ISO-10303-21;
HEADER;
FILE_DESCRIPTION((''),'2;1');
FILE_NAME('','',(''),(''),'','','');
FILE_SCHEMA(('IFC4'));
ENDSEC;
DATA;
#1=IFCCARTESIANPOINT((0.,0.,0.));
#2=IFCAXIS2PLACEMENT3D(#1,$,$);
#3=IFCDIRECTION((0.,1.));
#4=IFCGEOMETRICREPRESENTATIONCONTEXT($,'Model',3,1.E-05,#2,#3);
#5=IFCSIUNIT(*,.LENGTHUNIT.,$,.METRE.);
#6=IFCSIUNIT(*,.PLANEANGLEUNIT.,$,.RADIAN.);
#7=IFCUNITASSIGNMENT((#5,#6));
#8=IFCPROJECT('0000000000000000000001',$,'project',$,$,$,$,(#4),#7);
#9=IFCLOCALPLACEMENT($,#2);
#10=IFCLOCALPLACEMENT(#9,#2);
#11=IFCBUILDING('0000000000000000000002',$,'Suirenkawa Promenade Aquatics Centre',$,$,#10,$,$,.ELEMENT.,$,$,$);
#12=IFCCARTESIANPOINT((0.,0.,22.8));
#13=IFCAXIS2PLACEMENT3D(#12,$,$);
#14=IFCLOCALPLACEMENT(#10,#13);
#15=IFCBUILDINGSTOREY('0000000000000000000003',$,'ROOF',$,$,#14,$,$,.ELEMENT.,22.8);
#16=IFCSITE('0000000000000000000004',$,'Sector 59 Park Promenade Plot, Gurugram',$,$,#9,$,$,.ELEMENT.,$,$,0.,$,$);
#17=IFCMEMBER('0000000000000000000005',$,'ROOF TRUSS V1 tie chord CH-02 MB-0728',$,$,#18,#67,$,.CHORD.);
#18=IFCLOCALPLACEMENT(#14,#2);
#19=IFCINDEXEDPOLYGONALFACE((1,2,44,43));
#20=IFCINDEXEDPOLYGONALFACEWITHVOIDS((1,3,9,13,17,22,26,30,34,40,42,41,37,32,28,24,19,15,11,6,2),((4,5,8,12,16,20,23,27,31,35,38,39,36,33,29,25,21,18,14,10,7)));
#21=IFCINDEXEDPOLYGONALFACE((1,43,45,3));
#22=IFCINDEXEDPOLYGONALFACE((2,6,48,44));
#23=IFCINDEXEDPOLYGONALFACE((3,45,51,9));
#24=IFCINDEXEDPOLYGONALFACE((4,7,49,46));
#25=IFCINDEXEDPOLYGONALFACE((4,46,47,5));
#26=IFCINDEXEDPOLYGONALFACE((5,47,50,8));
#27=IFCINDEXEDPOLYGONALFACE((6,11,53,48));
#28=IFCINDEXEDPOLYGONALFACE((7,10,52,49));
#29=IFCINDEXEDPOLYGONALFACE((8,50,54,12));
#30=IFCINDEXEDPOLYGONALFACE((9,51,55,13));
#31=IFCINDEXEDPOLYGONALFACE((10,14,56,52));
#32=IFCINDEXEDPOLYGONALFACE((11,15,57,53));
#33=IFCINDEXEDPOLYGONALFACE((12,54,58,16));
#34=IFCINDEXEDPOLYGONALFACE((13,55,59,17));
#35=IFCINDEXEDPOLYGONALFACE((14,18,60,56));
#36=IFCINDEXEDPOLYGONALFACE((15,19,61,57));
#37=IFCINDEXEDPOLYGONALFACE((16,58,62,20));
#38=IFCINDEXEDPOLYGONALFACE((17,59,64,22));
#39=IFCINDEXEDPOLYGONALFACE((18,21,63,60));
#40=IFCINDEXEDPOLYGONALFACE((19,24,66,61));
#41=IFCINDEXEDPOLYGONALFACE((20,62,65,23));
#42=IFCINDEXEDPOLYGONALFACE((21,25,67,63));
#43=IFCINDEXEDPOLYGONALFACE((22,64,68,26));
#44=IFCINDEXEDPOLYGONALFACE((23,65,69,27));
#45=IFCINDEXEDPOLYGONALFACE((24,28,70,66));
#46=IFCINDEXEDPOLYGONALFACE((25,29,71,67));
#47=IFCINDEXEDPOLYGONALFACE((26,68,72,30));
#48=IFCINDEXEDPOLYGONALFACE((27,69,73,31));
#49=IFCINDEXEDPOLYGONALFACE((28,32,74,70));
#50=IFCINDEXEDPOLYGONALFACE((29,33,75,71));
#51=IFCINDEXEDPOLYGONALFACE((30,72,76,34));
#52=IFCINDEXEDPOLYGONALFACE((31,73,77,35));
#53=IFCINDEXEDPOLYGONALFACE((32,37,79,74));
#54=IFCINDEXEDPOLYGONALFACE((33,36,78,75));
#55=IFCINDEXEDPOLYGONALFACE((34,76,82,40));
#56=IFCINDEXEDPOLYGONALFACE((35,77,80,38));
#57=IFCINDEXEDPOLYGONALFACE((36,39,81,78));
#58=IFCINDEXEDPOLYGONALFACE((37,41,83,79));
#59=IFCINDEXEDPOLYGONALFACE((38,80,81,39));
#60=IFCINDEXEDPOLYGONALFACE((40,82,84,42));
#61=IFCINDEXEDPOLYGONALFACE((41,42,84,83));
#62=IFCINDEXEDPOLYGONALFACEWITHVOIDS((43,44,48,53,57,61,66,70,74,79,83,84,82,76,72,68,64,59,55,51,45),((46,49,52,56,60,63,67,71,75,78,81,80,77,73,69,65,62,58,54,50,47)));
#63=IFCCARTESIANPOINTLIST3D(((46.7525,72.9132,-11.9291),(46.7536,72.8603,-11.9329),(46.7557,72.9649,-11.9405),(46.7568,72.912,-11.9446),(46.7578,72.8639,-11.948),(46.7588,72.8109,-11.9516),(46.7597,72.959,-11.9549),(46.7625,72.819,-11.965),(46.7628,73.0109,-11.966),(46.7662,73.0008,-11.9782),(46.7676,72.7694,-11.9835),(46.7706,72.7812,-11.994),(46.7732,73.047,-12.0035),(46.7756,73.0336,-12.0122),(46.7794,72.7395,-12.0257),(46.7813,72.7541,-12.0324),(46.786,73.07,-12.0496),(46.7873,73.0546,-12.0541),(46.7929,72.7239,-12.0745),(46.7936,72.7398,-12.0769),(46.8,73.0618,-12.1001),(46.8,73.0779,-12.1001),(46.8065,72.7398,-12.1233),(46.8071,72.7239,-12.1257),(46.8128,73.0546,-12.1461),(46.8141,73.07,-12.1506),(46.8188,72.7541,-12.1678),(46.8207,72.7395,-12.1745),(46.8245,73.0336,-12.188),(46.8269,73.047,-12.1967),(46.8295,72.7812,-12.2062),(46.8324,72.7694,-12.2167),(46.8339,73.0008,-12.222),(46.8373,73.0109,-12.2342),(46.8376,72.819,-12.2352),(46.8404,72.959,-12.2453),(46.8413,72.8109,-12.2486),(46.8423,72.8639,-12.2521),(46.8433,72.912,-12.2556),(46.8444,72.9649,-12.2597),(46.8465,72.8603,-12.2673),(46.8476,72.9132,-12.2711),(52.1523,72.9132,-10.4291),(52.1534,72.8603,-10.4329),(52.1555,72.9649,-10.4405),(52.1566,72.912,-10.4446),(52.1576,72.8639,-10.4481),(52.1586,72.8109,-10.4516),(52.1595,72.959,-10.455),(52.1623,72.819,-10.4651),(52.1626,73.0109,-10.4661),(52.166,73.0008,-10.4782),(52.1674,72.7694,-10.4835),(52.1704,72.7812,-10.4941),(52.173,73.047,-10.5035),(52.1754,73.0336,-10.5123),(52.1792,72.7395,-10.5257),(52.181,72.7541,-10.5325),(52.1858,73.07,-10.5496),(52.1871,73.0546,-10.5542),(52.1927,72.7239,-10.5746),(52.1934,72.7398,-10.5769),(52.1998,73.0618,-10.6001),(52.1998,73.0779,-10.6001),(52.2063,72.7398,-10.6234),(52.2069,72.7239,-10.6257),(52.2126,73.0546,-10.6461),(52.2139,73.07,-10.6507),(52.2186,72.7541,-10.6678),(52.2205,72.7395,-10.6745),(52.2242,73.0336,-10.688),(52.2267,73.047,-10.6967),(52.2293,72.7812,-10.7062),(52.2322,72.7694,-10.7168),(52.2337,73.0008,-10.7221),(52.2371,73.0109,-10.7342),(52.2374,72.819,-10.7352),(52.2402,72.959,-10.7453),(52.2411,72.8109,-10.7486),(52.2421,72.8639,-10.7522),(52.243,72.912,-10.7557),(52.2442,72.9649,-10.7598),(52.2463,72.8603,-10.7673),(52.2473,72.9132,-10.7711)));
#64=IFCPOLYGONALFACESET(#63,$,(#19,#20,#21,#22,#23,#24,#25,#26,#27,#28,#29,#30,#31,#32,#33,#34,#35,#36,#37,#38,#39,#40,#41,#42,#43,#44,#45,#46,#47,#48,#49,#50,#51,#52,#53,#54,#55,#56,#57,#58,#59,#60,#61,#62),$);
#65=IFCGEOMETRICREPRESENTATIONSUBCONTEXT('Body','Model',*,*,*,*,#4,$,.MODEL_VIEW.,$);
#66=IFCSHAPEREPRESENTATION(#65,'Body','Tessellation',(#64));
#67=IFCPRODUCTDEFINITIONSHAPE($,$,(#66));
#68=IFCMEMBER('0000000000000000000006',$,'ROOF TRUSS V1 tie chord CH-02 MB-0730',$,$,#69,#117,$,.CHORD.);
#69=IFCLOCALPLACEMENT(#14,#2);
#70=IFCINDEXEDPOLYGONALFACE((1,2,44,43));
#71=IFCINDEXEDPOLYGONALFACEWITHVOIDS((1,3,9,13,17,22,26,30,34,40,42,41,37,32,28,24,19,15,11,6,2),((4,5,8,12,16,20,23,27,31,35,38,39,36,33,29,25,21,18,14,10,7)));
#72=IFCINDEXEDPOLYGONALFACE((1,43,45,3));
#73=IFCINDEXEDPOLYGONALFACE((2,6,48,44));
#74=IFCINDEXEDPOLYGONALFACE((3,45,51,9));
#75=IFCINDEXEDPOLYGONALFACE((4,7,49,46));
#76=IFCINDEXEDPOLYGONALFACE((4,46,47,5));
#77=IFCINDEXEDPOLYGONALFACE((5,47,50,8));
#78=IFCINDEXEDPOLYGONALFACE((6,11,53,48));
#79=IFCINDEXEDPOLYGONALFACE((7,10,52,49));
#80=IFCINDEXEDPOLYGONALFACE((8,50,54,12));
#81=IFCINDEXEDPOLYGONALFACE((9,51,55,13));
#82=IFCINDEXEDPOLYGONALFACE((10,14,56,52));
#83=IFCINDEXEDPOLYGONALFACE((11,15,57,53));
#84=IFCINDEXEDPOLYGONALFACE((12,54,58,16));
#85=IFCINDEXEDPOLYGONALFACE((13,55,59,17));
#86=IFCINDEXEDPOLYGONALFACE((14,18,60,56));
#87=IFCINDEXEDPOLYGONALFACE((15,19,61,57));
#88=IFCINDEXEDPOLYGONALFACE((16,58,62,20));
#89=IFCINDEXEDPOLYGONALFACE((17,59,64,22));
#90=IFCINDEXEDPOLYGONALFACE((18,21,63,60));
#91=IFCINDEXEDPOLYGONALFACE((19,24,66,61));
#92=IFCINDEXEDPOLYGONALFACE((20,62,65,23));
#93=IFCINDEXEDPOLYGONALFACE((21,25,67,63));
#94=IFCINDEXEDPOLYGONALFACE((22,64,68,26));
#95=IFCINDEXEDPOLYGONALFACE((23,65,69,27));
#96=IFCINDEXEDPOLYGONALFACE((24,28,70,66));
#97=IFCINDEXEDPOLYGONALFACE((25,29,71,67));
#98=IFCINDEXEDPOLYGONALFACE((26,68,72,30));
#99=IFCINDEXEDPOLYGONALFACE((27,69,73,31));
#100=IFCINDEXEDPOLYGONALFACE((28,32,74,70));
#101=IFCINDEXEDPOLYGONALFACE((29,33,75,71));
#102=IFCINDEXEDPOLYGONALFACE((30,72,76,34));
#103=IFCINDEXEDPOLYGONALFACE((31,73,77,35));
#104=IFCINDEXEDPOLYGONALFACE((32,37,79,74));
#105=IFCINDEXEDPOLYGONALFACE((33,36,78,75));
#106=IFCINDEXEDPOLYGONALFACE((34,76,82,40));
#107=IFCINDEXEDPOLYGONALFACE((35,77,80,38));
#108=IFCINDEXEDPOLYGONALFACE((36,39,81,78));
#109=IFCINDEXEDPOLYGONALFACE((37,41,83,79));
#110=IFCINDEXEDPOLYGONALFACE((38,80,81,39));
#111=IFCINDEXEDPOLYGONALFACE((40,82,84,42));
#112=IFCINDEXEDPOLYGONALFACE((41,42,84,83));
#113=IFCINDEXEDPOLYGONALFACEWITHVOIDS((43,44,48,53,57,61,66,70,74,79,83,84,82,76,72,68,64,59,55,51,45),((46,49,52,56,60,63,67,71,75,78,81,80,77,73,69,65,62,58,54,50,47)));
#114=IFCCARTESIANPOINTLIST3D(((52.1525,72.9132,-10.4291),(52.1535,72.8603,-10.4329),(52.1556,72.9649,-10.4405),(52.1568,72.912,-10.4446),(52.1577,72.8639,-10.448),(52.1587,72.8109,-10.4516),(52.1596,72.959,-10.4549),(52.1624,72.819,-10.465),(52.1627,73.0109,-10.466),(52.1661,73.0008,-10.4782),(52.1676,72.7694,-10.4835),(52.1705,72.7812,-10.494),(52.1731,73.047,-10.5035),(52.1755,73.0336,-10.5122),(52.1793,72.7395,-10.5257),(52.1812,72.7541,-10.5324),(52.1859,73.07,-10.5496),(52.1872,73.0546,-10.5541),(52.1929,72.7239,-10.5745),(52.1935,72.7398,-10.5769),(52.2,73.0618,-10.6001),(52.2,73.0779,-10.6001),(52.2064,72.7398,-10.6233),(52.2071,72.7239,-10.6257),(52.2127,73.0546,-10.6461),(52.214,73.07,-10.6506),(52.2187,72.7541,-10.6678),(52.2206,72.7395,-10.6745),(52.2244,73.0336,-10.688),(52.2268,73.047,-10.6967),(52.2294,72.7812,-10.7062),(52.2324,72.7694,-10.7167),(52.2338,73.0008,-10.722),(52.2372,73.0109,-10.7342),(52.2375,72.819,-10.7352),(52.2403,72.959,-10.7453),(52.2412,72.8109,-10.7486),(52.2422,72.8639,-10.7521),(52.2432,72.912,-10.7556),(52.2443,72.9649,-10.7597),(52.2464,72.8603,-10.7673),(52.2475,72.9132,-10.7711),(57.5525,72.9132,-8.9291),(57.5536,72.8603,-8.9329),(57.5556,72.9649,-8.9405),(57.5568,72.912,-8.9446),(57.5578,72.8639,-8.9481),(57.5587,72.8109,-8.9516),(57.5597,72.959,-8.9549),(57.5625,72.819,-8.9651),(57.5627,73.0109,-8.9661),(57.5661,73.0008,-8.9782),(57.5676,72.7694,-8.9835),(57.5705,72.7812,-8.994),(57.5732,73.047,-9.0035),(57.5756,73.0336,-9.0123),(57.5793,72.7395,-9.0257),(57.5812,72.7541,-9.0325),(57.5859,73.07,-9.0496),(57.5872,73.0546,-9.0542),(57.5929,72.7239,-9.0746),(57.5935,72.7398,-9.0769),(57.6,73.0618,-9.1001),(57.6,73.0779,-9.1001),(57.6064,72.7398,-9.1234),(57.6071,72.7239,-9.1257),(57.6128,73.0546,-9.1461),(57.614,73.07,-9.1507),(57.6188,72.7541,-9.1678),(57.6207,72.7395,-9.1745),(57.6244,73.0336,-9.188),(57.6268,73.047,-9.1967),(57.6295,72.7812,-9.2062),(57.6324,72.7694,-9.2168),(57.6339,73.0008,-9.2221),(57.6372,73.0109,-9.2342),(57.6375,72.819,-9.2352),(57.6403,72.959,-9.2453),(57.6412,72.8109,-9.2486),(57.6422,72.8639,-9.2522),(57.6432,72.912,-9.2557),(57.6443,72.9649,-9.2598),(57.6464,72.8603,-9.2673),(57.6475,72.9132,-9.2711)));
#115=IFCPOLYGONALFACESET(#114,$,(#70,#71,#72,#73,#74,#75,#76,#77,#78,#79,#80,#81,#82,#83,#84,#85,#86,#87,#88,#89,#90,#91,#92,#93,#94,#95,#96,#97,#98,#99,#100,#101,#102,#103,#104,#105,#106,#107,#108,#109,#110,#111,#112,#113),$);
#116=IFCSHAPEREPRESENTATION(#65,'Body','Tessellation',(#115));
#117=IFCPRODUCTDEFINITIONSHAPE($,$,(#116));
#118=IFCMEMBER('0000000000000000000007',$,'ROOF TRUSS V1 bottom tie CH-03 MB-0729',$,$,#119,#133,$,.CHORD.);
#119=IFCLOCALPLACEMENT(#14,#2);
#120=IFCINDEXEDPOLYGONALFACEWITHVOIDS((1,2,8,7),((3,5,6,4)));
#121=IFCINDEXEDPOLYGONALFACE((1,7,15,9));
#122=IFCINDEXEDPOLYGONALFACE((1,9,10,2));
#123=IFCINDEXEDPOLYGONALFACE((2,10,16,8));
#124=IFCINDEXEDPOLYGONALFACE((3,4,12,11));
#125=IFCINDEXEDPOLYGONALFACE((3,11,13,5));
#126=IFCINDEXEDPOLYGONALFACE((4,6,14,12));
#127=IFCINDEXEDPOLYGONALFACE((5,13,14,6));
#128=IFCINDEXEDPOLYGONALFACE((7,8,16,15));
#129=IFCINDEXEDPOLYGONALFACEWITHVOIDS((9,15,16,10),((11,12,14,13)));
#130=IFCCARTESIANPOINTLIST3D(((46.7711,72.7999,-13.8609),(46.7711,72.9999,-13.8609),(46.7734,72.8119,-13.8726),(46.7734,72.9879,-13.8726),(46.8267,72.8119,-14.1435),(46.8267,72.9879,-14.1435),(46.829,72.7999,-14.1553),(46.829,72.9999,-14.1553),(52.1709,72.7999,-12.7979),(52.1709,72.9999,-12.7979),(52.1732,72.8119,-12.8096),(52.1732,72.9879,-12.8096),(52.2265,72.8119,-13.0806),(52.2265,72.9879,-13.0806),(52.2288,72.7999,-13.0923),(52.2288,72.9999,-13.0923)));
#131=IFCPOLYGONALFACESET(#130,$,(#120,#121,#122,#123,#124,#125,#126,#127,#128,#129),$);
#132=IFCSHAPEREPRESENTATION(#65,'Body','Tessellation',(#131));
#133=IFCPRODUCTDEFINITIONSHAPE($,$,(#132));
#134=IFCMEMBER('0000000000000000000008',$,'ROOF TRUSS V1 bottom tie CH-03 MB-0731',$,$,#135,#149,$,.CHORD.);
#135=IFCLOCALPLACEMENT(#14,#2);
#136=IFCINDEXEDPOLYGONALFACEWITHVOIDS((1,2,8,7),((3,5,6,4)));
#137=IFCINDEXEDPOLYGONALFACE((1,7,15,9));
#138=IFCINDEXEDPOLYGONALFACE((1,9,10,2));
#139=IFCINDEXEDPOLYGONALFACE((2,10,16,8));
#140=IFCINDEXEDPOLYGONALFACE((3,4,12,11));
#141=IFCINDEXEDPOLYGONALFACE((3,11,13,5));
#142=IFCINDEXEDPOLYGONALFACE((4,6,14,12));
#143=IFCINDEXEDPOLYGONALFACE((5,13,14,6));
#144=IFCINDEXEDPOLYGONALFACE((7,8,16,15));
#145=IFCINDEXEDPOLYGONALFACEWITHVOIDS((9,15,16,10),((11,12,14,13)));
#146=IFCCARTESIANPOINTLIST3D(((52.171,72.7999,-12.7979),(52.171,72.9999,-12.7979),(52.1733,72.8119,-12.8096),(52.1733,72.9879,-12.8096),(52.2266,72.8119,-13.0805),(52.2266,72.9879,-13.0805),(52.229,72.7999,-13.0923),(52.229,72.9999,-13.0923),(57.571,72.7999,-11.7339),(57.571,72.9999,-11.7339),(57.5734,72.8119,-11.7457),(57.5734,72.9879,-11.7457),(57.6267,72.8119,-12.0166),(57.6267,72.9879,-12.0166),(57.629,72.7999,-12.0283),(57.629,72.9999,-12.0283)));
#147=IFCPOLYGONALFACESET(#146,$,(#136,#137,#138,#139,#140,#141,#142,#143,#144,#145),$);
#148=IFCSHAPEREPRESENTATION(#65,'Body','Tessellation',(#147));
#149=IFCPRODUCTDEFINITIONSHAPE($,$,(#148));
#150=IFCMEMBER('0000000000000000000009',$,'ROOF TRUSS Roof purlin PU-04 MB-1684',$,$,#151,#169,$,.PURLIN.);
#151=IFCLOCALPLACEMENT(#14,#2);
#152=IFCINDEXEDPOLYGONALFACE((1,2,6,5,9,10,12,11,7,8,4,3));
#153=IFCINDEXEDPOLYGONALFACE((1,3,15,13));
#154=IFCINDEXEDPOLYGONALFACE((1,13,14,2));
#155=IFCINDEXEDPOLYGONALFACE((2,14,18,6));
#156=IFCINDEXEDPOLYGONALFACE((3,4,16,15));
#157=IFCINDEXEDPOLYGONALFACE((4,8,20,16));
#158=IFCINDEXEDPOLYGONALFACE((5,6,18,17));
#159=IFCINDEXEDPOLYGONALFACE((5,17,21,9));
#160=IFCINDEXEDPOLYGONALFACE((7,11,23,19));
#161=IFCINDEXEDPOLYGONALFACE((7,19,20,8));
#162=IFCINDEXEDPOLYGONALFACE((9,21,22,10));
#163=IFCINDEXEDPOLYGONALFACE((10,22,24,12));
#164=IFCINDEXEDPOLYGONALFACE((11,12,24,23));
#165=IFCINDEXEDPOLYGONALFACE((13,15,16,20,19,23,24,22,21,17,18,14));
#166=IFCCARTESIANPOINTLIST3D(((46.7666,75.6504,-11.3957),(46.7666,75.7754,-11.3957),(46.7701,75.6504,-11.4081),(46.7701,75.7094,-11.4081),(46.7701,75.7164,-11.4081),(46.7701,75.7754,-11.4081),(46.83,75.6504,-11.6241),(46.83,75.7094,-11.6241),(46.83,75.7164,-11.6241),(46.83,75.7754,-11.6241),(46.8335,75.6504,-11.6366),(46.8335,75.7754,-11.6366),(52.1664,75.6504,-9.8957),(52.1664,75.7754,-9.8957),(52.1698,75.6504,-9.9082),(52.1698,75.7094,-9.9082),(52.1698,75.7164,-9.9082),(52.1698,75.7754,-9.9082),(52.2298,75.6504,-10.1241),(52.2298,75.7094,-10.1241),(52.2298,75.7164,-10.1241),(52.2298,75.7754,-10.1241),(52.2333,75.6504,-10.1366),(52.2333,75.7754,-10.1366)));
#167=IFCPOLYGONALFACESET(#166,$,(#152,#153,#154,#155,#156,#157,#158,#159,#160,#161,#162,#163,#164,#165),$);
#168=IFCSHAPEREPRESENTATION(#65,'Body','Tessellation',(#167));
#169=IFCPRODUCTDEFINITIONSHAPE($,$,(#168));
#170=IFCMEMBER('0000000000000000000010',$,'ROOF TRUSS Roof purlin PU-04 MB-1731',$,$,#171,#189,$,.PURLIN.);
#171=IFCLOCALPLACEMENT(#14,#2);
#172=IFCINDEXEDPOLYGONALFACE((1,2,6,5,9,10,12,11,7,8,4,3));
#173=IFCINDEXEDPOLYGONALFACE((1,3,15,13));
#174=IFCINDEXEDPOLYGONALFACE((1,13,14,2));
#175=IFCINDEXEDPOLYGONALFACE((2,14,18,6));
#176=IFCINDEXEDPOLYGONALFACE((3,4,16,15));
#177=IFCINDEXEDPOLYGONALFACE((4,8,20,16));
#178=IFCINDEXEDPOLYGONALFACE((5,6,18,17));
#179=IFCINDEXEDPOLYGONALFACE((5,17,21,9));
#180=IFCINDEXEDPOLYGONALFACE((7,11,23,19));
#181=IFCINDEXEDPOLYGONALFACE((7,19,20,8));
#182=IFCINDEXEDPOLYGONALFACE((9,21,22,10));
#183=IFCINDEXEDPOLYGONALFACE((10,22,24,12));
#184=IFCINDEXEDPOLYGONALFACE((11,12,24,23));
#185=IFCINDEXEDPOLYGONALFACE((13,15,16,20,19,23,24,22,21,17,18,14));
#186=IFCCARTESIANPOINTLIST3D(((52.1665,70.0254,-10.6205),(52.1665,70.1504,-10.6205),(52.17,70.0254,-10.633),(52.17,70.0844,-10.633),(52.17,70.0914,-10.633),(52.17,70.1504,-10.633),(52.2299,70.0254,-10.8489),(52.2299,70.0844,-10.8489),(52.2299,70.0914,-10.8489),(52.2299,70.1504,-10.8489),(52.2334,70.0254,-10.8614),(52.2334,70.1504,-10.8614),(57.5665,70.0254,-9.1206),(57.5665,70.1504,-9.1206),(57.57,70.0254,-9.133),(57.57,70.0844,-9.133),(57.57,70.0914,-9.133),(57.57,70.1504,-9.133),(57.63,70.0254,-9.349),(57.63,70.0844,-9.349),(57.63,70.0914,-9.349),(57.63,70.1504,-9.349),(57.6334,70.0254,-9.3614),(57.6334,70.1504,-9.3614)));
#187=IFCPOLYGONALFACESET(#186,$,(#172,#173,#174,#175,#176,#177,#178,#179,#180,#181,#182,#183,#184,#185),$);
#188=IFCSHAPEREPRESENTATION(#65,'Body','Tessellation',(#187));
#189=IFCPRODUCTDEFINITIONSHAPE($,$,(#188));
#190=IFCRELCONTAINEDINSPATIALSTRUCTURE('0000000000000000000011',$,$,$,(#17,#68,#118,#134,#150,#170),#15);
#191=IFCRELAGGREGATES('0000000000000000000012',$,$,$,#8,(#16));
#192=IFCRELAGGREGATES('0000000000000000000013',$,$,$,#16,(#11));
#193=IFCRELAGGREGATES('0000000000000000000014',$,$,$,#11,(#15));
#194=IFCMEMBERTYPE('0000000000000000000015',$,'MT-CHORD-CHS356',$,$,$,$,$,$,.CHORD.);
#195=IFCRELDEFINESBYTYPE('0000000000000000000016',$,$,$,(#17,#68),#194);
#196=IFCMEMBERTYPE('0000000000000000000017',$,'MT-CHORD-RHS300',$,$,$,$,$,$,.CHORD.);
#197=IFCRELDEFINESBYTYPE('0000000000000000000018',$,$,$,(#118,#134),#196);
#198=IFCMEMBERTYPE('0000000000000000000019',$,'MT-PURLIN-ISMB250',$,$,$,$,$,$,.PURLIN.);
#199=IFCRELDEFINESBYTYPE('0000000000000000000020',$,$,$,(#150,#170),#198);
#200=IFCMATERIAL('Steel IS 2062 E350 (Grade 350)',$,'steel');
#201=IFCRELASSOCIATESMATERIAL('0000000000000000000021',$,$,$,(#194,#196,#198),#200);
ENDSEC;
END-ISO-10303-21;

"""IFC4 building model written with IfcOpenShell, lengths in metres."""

from ifc_helpers import new_model, si_unit, direction, frame, origin, origin_2d, place, context, subcontext, project, spatial, hollow_rectangle, hollow_circle, i_section, extrude, material, material_profile, profile_set, type_object, element, save


model = new_model("IFC4")

# Units and contexts
model_context = context("Model", 3, precision=1e-05, world=origin(), true_north=direction((0.0, 1.0)))
body_context = subcontext(model_context, "Body", "Model", "MODEL_VIEW")
ifc_project = project(units=[si_unit("LENGTHUNIT", "METRE"), si_unit("PLANEANGLEUNIT", "RADIAN")], contexts=[model_context])

# Site, building, storey
site_placement = place(None, origin())
site = spatial("IfcSite", under=ifc_project, at=site_placement, Name="Sector 59 Park Promenade Plot, Gurugram", CompositionType="ELEMENT", RefElevation=0.0)
building_placement = place(site_placement, origin())
building = spatial("IfcBuilding", under=site, at=building_placement, Name="Suirenkawa Promenade Aquatics Centre", CompositionType="ELEMENT")
storey_placement = place(building_placement, frame((0.0, 0.0, 22.8)))
storey = spatial("IfcBuildingStorey", under=building, at=storey_placement, Name="ROOF", CompositionType="ELEMENT", Elevation=22.8)

# Shared definitions
ifc_material = material(Name="Steel IS 2062 E350 (Grade 350)", Category="steel")

# Members
ifc_material_profile_1 = material_profile(ifc_material, hollow_circle(Radius=0.178, WallThickness=0.0161, at=origin_2d()), Name="CHS 356x16", Category="steel")
ifc_profile_set_1 = profile_set([ifc_material_profile_1], Name="Steel IS 2062 E350 (Grade 350)")
member_type_1 = type_object("IfcMemberType", Name="MT-CHORD-CHS356", PredefinedType="CHORD", material=ifc_profile_set_1)
member_1_placement = place(storey_placement, frame((46.8, 72.8999, -12.1001), z_axis=(0.963517, 0.0, 0.267648), x_axis=(0.0, 1.0, 0.0)))
element("IfcMember", 1, at=member_1_placement, inside=storey, type_object=member_type_1, Name="ROOF TRUSS V1 tie chord CH-02 MB-0728", PredefinedType="CHORD", context=body_context, shape_type="SweptSolid", body=[
    extrude(hollow_circle(Radius=0.178, WallThickness=0.0161, at=origin_2d()), origin(), (0.0, 0.0, 1.0), 5.6042),
])
member_2_placement = place(storey_placement, frame((52.2, 72.8999, -10.6001), z_axis=(0.96352, 0.0, 0.267637), x_axis=(0.0, 1.0, 0.0)))
element("IfcMember", 2, at=member_2_placement, inside=storey, type_object=member_type_1, Name="ROOF TRUSS V1 tie chord CH-02 MB-0730", PredefinedType="CHORD", context=body_context, shape_type="SweptSolid", body=[
    extrude(hollow_circle(Radius=0.178, WallThickness=0.0161, at=origin_2d()), origin(), (0.0, 0.0, 1.0), 5.6045),
])
ifc_material_profile_2 = material_profile(ifc_material, hollow_rectangle(XDim=0.2, YDim=0.3, WallThickness=0.012, at=origin_2d()), Name="RHS 300x200x12", Category="steel")
ifc_profile_set_2 = profile_set([ifc_material_profile_2], Name="Steel IS 2062 E350 (Grade 350)")
member_type_2 = type_object("IfcMemberType", Name="MT-CHORD-RHS300", PredefinedType="CHORD", material=ifc_profile_set_2)
member_3_placement = place(storey_placement, frame((46.8, 72.8999, -14.0081), z_axis=(0.98117, 0.0, 0.193146), x_axis=(0.0, 1.0, 0.0)))
element("IfcMember", 3, at=member_3_placement, inside=storey, type_object=member_type_2, Name="ROOF TRUSS V1 bottom tie CH-03 MB-0729", PredefinedType="CHORD", context=body_context, shape_type="SweptSolid", body=[
    extrude(hollow_rectangle(XDim=0.2, YDim=0.3, WallThickness=0.012, at=origin_2d()), origin(), (0.0, 0.0, 1.0), 5.5034),
])
member_4_placement = place(storey_placement, frame((52.2, 72.8999, -12.9451), z_axis=(0.981138, 0.0, 0.193309), x_axis=(0.0, 1.0, 0.0)))
element("IfcMember", 4, at=member_4_placement, inside=storey, type_object=member_type_2, Name="ROOF TRUSS V1 bottom tie CH-03 MB-0731", PredefinedType="CHORD", context=body_context, shape_type="SweptSolid", body=[
    extrude(hollow_rectangle(XDim=0.2, YDim=0.3, WallThickness=0.012, at=origin_2d()), origin(), (0.0, 0.0, 1.0), 5.5039),
])
ifc_material_profile_3 = material_profile(ifc_material, i_section(OverallWidth=0.125, OverallDepth=0.25, WebThickness=0.0071, FlangeThickness=0.0129, at=origin_2d()), Name="ISMB 250", Category="steel")
ifc_profile_set_3 = profile_set([ifc_material_profile_3], Name="Steel IS 2062 E350 (Grade 350)")
member_type_3 = type_object("IfcMemberType", Name="MT-PURLIN-ISMB250", PredefinedType="PURLIN", material=ifc_profile_set_3)
member_5_placement = place(storey_placement, frame((46.8, 75.7129, -11.5161), z_axis=(0.963517, 0.0, 0.267648), x_axis=(0.0, 1.0, 0.0)))
element("IfcMember", 5, at=member_5_placement, inside=storey, type_object=member_type_3, Name="ROOF TRUSS Roof purlin PU-04 MB-1684", PredefinedType="PURLIN", context=body_context, shape_type="SweptSolid", body=[
    extrude(i_section(OverallWidth=0.125, OverallDepth=0.25, WebThickness=0.0071, FlangeThickness=0.0129, at=origin_2d()), origin(), (0.0, 0.0, 1.0), 5.6042),
])
member_6_placement = place(storey_placement, frame((52.2, 70.0879, -10.741), z_axis=(0.96352, 0.0, 0.267637), x_axis=(0.0, 1.0, 0.0)))
element("IfcMember", 6, at=member_6_placement, inside=storey, type_object=member_type_3, Name="ROOF TRUSS Roof purlin PU-04 MB-1731", PredefinedType="PURLIN", context=body_context, shape_type="SweptSolid", body=[
    extrude(i_section(OverallWidth=0.125, OverallDepth=0.25, WebThickness=0.0071, FlangeThickness=0.0129, at=origin_2d()), origin(), (0.0, 0.0, 1.0), 5.6045),
])

save(model, "model.ifc")
